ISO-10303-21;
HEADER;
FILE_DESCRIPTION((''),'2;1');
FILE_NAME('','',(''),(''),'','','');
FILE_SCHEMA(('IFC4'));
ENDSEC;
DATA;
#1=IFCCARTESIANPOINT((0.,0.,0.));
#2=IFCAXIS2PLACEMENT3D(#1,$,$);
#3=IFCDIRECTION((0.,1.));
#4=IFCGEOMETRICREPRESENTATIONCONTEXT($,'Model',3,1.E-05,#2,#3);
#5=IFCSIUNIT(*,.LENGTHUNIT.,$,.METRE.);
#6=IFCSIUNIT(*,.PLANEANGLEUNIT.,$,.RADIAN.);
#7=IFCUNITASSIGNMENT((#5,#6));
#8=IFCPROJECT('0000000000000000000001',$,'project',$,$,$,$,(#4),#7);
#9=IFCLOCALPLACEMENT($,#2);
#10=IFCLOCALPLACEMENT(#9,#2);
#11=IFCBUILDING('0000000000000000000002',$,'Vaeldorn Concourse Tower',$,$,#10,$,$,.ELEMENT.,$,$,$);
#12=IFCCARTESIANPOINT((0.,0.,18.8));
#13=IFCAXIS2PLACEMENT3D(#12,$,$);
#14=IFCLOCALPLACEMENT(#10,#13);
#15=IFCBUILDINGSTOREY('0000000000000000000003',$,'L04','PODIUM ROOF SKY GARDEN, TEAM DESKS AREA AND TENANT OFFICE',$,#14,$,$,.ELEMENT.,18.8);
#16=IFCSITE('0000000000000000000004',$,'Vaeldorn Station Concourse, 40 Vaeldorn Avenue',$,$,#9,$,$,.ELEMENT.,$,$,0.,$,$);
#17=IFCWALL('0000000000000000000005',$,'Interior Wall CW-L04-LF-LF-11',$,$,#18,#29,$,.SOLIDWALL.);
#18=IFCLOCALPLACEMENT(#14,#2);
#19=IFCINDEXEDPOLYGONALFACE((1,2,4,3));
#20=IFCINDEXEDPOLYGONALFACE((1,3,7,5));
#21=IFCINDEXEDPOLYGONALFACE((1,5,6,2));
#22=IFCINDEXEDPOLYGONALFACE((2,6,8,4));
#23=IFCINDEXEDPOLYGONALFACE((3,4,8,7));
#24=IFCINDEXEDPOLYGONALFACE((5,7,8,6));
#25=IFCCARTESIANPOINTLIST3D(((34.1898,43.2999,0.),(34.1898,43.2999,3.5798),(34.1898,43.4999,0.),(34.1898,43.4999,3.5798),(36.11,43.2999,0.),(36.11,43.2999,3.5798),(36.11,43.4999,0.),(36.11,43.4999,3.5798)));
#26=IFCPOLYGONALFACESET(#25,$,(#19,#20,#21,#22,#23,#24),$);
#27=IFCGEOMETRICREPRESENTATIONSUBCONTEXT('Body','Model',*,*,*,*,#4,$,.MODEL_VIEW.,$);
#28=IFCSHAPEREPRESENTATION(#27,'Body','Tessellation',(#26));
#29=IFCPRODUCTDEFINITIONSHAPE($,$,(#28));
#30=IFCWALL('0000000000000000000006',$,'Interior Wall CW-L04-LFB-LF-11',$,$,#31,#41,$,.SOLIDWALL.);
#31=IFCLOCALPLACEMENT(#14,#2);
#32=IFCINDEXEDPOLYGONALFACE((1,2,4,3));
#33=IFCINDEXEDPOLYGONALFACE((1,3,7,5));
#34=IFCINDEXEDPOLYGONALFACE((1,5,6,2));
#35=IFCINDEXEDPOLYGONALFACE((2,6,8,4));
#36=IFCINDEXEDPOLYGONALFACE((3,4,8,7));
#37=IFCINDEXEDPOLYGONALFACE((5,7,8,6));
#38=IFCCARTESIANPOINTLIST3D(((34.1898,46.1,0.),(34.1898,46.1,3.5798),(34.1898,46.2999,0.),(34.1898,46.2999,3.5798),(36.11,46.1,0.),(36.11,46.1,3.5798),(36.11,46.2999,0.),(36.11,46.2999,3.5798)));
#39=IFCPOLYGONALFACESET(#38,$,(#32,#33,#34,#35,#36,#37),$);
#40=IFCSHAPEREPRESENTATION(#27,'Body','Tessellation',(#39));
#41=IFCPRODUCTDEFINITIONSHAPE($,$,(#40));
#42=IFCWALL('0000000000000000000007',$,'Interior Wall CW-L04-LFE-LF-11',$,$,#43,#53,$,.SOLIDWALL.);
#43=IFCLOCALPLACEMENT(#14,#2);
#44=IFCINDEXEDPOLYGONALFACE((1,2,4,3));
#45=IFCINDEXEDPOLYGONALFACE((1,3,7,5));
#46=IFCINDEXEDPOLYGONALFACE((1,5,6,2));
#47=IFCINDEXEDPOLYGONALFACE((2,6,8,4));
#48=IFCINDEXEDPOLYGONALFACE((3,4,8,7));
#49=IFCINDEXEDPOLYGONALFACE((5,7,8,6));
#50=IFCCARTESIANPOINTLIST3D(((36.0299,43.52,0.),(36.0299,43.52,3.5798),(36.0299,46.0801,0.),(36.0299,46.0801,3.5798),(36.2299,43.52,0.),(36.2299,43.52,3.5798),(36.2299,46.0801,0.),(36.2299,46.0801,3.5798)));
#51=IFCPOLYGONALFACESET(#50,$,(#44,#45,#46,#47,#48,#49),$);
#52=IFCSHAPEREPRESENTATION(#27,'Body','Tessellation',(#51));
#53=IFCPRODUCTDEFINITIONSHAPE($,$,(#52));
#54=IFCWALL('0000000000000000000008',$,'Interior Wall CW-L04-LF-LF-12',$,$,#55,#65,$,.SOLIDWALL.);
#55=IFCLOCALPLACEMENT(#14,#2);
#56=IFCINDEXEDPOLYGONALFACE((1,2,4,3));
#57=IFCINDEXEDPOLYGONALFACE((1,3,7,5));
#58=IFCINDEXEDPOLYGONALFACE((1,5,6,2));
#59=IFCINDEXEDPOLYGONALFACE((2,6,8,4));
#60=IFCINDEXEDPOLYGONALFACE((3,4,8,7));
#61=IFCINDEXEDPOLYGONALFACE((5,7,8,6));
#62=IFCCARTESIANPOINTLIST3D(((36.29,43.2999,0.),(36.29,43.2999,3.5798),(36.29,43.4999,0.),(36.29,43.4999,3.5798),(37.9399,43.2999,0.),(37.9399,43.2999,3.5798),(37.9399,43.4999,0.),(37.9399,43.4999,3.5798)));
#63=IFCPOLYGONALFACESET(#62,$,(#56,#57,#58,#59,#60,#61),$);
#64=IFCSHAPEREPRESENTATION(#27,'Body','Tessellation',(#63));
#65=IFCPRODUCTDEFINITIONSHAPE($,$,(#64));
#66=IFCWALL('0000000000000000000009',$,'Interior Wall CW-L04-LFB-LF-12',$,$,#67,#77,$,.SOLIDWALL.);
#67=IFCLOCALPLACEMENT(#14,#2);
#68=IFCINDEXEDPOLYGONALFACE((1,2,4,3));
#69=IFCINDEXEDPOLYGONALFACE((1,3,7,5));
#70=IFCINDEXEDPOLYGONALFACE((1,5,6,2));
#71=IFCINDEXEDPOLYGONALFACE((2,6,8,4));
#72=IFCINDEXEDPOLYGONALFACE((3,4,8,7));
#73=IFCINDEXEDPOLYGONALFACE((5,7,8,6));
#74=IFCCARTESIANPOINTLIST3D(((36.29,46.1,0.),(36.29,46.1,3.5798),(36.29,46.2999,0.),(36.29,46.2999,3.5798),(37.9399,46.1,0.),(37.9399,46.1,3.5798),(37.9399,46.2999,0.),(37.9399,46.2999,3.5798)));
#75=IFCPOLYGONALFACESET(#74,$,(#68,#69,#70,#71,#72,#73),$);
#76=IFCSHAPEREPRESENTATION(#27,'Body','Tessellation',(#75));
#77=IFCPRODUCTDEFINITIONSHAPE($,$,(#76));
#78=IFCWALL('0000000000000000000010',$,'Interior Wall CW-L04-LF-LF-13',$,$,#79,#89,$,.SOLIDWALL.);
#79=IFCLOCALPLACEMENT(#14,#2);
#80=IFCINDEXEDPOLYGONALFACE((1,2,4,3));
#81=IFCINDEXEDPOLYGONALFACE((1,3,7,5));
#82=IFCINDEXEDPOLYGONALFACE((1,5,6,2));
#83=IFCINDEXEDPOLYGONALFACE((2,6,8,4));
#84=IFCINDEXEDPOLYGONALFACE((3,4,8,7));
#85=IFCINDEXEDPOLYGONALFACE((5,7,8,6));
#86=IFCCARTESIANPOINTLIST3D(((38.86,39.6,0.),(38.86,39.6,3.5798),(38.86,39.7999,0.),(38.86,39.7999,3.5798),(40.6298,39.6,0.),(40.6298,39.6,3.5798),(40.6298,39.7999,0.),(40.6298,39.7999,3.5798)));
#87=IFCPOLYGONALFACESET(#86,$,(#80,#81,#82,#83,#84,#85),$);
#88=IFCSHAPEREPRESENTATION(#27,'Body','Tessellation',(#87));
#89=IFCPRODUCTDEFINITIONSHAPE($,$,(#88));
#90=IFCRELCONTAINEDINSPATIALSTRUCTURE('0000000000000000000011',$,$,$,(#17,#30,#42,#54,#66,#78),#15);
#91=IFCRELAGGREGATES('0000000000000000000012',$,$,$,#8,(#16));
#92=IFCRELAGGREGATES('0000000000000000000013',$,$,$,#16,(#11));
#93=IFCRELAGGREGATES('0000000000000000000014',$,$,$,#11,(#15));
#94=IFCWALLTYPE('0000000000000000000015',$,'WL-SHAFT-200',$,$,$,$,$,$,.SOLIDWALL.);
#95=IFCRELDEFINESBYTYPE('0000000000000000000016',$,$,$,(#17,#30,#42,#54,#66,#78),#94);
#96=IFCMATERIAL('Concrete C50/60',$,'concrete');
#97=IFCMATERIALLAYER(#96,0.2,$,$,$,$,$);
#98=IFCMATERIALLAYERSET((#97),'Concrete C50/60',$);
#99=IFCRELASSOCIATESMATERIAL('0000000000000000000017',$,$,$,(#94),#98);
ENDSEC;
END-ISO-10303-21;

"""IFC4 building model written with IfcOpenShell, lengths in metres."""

from ifc_helpers import new_model, si_unit, direction, frame, frame_2d, origin, place, context, subcontext, project, spatial, rectangle, extrude, material, layer, layer_set, type_object, element, save


model = new_model("IFC4")

# Units and contexts
model_context = context("Model", 3, precision=1e-05, world=origin(), true_north=direction((0.0, 1.0)))
body_context = subcontext(model_context, "Body", "Model", "MODEL_VIEW")
ifc_project = project(units=[si_unit("LENGTHUNIT", "METRE"), si_unit("PLANEANGLEUNIT", "RADIAN")], contexts=[model_context])

# Site, building, storey
site_placement = place(None, origin())
site = spatial("IfcSite", under=ifc_project, at=site_placement, Name="Vaeldorn Station Concourse, 40 Vaeldorn Avenue", CompositionType="ELEMENT", RefElevation=0.0)
building_placement = place(site_placement, origin())
building = spatial("IfcBuilding", under=site, at=building_placement, Name="Vaeldorn Concourse Tower", CompositionType="ELEMENT")
storey_placement = place(building_placement, frame((0.0, 0.0, 18.8)))
storey = spatial("IfcBuildingStorey", under=building, at=storey_placement, Name="L04", Description="PODIUM ROOF SKY GARDEN, TEAM DESKS AREA AND TENANT OFFICE", CompositionType="ELEMENT", Elevation=18.8)

# Walls
ifc_material_1 = material(Name="Concrete C50/60", Category="concrete")
ifc_layer_1 = layer(ifc_material_1, 0.2)
ifc_layer_set_1 = layer_set([ifc_layer_1], Name="Concrete C50/60")
wall_type_1 = type_object("IfcWallType", Name="WL-SHAFT-200", PredefinedType="SOLIDWALL", material=ifc_layer_set_1)
for number, where, z_axis, x_axis, name in (
    (1, (34.1899, 43.3999, 0.0), (0.0, 0.0, 1.0), (1.0, 0.0, 0.0), "Interior Wall CW-L04-LF-LF-11"),
    (2, (34.1899, 46.2, 0.0), (0.0, 0.0, 1.0), (1.0, 0.0, 0.0), "Interior Wall CW-L04-LFB-LF-11"),
):
    element("IfcWall", number, at=place(storey_placement, frame(where, z_axis=z_axis, x_axis=x_axis)), inside=storey, type_object=wall_type_1, Name=name, PredefinedType="SOLIDWALL", context=body_context, shape_type="SweptSolid", body=[
        extrude(rectangle(XDim=1.9202, YDim=0.2, at=frame_2d((0.96, 0.0))), origin(), (0.0, 0.0, 1.0), 3.5798),
    ])
wall_1_placement = place(storey_placement, frame((36.1299, 43.52, 0.0), z_axis=(0.0, 0.0, 1.0), x_axis=(0.0, 1.0, 0.0)))
element("IfcWall", 3, at=wall_1_placement, inside=storey, type_object=wall_type_1, Name="Interior Wall CW-L04-LFE-LF-11", PredefinedType="SOLIDWALL", context=body_context, shape_type="SweptSolid", body=[
    extrude(rectangle(XDim=2.5601, YDim=0.2, at=frame_2d((1.28, 0.0))), origin(), (0.0, 0.0, 1.0), 3.5798),
])
for number, where, z_axis, x_axis, name in (
    (4, (36.29, 43.3999, 0.0), (0.0, 0.0, 1.0), (1.0, 0.0, 0.0), "Interior Wall CW-L04-LF-LF-12"),
    (5, (36.29, 46.2, 0.0), (0.0, 0.0, 1.0), (1.0, 0.0, 0.0), "Interior Wall CW-L04-LFB-LF-12"),
):
    element("IfcWall", number, at=place(storey_placement, frame(where, z_axis=z_axis, x_axis=x_axis)), inside=storey, type_object=wall_type_1, Name=name, PredefinedType="SOLIDWALL", context=body_context, shape_type="SweptSolid", body=[
        extrude(rectangle(XDim=1.6499, YDim=0.2, at=frame_2d((0.825, 0.0))), origin(), (0.0, 0.0, 1.0), 3.5798),
    ])
wall_2_placement = place(storey_placement, frame((38.8601, 39.7, 0.0), z_axis=(0.0, 0.0, 1.0), x_axis=(1.0, 0.0, 0.0)))
element("IfcWall", 6, at=wall_2_placement, inside=storey, type_object=wall_type_1, Name="Interior Wall CW-L04-LF-LF-13", PredefinedType="SOLIDWALL", context=body_context, shape_type="SweptSolid", body=[
    extrude(rectangle(XDim=1.7698, YDim=0.2, at=frame_2d((0.8848, 0.0))), origin(), (0.0, 0.0, 1.0), 3.5798),
])

save(model, "model.ifc")
